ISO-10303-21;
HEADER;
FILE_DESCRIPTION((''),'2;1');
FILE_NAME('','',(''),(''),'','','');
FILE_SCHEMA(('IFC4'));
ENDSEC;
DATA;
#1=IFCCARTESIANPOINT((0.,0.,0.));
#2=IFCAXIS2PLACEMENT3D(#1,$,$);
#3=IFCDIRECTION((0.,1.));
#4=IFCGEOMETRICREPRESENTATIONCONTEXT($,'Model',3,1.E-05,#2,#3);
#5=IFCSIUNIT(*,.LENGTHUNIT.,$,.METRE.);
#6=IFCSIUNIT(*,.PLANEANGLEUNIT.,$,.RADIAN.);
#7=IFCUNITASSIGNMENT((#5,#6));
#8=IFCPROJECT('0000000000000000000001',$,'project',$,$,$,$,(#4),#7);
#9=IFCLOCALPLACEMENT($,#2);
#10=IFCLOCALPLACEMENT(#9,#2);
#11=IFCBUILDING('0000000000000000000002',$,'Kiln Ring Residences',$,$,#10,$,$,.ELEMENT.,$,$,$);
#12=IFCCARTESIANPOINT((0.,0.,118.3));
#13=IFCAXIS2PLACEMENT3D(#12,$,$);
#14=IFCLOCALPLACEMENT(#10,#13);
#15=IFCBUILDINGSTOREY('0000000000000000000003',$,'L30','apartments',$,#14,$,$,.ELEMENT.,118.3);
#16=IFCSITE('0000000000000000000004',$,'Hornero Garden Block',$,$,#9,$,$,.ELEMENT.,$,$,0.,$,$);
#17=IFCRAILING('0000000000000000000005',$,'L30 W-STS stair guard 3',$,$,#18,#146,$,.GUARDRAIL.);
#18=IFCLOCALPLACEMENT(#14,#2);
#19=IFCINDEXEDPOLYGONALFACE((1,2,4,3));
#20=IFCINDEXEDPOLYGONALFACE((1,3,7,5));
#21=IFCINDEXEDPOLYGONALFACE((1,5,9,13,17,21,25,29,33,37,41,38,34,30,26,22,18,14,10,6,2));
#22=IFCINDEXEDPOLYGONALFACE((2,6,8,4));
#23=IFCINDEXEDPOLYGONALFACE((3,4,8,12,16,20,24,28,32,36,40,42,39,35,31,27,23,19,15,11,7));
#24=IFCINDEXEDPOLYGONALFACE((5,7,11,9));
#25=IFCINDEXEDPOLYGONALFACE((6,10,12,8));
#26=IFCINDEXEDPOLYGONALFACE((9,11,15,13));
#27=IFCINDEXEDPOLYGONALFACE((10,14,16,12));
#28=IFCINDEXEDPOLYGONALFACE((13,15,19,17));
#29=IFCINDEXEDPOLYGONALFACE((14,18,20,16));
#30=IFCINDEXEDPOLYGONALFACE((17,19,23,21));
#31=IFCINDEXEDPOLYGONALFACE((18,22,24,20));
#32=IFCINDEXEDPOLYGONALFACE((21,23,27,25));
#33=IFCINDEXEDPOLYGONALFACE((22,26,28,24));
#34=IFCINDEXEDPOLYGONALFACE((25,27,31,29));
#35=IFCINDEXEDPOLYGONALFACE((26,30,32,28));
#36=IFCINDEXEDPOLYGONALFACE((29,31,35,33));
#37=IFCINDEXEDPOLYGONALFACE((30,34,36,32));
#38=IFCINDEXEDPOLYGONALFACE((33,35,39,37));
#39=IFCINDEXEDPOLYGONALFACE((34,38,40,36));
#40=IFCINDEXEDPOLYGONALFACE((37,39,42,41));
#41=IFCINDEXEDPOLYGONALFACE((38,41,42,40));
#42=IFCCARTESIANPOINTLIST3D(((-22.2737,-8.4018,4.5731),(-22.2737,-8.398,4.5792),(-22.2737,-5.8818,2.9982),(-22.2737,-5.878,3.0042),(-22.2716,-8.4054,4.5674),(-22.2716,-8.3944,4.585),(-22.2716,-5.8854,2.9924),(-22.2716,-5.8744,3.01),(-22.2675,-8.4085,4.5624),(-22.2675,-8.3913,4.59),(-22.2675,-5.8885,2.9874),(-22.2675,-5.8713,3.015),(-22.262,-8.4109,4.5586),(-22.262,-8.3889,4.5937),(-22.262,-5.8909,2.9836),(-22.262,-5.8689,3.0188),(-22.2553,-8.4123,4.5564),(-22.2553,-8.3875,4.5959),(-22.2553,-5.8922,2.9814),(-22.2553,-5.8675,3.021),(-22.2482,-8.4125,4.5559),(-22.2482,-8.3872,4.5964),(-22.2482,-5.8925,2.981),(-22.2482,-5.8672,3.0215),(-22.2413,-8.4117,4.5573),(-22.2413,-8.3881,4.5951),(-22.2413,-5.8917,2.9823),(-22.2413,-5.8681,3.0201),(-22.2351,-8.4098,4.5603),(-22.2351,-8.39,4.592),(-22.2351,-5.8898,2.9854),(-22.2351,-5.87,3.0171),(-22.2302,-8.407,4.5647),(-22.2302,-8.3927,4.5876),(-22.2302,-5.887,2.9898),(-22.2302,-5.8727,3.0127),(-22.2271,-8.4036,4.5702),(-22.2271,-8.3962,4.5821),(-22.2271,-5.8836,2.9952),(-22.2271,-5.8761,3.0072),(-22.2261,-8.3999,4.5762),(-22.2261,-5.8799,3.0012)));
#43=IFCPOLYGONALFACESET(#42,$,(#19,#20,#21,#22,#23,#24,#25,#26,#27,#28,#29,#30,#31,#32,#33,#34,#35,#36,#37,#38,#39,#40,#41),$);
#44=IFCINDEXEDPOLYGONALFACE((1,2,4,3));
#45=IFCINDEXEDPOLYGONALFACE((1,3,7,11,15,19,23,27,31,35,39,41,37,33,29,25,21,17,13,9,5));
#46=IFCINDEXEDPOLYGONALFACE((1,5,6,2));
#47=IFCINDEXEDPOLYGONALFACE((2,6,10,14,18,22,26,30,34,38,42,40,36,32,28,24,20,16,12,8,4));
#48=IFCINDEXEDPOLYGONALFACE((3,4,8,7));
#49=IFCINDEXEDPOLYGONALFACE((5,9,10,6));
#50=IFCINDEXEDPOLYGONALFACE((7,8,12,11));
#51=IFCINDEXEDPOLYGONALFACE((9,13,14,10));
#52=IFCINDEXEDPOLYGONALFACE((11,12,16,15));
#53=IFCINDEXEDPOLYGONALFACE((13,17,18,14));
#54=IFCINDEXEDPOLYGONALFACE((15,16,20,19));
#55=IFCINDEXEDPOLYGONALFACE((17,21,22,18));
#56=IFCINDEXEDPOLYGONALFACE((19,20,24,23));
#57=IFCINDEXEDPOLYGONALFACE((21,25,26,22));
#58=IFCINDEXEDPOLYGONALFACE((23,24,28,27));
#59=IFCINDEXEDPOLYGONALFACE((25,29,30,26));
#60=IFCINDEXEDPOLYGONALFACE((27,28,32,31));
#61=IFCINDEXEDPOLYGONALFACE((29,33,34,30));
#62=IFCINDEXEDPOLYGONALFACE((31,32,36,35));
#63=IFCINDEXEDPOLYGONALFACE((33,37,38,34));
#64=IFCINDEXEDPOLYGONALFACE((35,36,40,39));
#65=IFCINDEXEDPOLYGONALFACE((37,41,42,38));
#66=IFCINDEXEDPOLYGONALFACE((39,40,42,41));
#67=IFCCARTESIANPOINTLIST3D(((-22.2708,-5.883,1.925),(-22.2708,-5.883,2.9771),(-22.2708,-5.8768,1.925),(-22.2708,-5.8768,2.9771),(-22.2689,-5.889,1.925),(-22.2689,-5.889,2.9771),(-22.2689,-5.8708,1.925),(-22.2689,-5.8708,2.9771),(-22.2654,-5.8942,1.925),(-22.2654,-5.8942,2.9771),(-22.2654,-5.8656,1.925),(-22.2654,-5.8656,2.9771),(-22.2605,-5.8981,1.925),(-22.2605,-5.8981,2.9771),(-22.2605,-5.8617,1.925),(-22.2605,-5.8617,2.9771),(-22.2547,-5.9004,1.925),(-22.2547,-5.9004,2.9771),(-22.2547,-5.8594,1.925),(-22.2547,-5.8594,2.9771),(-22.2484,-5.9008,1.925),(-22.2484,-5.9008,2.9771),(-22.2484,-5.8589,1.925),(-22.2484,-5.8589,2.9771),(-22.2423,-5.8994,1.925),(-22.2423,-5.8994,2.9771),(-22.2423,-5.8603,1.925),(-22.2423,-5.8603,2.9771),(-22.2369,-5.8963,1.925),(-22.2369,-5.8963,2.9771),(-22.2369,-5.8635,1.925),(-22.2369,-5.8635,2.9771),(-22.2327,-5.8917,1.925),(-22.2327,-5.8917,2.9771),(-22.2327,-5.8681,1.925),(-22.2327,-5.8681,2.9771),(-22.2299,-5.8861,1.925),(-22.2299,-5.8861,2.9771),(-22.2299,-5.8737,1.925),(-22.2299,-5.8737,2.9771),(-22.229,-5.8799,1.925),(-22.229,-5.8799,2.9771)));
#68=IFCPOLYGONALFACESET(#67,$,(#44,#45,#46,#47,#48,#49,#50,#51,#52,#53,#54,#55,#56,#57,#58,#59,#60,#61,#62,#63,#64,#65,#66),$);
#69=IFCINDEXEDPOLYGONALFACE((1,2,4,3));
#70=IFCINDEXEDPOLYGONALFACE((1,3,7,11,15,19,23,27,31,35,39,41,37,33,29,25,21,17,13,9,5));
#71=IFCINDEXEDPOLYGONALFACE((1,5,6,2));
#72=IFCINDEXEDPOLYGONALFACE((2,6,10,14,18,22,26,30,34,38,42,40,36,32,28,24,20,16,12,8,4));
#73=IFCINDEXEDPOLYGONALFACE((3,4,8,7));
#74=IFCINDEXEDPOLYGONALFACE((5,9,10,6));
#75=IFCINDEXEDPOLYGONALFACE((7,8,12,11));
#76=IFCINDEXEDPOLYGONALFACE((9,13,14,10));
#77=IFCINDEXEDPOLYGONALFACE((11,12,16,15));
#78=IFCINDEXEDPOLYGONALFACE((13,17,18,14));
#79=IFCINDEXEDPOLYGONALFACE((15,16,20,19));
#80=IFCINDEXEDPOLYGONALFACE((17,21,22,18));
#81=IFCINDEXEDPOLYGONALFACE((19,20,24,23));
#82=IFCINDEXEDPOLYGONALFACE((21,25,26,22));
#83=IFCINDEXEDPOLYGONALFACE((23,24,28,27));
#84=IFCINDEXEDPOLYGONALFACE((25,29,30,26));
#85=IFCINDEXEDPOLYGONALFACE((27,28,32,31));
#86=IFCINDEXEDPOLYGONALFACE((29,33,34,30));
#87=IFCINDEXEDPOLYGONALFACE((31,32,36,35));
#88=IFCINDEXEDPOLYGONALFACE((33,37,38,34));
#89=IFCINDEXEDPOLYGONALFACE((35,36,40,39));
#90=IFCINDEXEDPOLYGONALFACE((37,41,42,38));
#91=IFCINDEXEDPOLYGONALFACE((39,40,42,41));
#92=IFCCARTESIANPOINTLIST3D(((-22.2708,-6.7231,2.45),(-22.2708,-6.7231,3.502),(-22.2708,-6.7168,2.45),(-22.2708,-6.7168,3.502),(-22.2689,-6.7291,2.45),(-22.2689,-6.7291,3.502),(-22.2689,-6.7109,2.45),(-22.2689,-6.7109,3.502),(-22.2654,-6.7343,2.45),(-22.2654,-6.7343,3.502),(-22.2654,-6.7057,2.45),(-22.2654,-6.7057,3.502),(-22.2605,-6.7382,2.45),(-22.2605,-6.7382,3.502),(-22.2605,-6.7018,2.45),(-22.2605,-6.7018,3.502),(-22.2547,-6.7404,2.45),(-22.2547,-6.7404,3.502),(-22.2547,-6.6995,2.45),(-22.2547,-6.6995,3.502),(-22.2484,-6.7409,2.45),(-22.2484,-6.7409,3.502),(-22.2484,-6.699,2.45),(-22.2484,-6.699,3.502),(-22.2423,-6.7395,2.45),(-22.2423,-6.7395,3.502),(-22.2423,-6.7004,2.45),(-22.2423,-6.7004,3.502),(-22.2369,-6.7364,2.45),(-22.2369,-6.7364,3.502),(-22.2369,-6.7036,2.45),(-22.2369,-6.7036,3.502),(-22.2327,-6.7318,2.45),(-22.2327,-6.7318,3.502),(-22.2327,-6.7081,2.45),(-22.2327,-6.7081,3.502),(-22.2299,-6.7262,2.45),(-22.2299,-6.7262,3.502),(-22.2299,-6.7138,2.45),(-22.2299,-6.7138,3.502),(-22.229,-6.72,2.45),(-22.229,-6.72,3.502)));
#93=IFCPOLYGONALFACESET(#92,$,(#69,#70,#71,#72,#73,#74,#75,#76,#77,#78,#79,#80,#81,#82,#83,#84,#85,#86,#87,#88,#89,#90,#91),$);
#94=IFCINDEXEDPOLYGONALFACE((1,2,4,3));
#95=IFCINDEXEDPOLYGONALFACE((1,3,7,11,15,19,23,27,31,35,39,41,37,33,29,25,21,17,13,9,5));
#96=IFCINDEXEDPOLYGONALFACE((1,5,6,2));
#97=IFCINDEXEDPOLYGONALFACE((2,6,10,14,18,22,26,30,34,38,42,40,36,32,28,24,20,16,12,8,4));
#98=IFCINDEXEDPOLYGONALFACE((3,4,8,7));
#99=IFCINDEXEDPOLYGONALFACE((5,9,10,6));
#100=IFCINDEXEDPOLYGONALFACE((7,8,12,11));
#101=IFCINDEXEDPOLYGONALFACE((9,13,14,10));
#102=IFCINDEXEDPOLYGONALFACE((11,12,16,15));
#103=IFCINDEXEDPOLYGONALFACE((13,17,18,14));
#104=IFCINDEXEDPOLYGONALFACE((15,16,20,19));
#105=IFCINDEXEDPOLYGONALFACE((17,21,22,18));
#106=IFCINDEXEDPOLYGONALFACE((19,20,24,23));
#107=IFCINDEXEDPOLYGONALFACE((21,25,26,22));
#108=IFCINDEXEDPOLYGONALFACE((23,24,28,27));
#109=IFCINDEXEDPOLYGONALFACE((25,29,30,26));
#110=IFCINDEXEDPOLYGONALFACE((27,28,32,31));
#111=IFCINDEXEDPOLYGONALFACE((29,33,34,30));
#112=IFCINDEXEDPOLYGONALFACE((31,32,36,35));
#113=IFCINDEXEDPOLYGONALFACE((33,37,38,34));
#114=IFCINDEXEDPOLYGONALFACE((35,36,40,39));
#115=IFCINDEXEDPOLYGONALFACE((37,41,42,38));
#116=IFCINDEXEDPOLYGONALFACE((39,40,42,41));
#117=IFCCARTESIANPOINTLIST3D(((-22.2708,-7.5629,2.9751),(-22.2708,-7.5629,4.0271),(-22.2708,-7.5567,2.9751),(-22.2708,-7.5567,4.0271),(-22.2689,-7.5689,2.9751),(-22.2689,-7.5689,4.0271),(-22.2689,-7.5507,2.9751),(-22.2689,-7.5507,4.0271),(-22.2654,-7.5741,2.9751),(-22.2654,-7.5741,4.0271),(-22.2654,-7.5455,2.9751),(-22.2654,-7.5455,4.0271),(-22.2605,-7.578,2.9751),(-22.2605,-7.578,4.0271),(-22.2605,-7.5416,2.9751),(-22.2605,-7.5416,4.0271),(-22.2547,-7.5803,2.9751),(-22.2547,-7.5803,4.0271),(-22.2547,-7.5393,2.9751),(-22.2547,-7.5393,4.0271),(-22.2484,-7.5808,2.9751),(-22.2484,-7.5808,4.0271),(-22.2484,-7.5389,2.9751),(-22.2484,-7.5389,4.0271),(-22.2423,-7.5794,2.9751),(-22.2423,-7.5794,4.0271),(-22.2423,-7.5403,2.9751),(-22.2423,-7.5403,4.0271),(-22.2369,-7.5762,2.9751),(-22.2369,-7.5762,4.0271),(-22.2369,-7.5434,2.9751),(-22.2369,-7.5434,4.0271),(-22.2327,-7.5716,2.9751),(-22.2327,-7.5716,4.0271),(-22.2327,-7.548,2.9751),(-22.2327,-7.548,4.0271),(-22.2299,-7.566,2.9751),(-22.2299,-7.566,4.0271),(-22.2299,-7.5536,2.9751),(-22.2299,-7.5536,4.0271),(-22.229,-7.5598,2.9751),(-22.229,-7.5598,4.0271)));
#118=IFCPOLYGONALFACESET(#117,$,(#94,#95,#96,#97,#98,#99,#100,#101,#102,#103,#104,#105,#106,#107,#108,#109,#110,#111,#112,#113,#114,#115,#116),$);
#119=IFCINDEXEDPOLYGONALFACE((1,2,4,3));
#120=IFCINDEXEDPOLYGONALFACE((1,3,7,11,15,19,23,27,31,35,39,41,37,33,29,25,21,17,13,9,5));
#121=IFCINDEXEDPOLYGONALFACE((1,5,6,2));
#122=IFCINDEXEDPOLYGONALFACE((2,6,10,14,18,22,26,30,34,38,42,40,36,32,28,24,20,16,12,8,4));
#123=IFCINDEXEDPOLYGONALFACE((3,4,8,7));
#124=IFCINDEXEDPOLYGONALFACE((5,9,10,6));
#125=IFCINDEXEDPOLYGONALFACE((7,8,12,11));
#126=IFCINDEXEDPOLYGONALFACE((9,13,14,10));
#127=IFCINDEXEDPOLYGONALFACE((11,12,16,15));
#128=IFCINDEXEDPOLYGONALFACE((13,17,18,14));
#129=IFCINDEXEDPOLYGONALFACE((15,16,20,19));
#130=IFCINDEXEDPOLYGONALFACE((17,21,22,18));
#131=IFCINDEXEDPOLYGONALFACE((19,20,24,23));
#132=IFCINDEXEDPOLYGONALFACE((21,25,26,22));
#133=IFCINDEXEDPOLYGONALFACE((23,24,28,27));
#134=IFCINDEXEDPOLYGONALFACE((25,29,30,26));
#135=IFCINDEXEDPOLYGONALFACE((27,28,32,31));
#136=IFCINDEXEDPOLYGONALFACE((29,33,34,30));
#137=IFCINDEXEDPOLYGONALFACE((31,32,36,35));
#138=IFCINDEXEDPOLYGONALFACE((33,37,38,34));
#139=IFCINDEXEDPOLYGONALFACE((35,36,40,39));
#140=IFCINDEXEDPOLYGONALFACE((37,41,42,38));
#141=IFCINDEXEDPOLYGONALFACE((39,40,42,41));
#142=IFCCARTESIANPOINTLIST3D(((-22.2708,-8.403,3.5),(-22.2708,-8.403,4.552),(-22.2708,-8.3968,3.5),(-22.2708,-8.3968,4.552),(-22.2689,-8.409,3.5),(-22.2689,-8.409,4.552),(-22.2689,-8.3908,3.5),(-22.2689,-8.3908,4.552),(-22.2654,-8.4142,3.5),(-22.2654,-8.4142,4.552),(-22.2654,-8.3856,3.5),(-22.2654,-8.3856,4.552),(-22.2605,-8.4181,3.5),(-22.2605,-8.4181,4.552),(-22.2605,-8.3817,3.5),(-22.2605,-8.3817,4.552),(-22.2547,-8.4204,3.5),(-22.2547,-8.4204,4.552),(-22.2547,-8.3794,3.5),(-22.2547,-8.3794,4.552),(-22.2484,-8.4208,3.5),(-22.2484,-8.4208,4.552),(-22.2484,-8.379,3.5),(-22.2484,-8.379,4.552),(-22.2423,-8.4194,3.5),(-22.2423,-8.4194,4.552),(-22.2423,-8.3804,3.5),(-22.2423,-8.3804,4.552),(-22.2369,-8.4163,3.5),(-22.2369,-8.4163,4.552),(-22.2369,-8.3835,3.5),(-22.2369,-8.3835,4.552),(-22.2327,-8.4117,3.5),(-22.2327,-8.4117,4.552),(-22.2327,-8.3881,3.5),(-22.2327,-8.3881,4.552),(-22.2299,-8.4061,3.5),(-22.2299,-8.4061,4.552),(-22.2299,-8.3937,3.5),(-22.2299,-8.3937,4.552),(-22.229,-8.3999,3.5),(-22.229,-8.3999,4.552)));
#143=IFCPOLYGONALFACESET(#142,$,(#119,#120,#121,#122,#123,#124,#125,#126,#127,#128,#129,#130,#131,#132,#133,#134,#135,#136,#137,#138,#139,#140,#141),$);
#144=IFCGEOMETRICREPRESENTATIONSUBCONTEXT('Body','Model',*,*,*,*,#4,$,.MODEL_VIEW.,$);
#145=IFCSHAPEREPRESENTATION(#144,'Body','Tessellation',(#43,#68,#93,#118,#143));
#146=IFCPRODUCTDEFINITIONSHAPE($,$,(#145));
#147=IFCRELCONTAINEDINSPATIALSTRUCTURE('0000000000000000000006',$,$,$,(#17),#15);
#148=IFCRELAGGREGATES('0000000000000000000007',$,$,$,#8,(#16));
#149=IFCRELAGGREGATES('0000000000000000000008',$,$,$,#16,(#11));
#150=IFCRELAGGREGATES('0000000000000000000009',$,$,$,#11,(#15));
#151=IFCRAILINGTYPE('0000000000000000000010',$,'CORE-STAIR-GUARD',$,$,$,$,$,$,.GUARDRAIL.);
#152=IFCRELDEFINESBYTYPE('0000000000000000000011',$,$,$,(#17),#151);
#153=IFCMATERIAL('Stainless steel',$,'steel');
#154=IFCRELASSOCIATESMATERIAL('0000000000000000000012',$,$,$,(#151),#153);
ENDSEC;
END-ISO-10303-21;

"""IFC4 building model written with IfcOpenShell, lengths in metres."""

from ifc_helpers import new_model, si_unit, direction, frame, origin, origin_2d, place, context, subcontext, project, spatial, circle, extrude, material, type_object, element, save


model = new_model("IFC4")

# Units and contexts
model_context = context("Model", 3, precision=1e-05, world=origin(), true_north=direction((0.0, 1.0)))
body_context = subcontext(model_context, "Body", "Model", "MODEL_VIEW")
ifc_project = project(units=[si_unit("LENGTHUNIT", "METRE"), si_unit("PLANEANGLEUNIT", "RADIAN")], contexts=[model_context])

# Site, building, storey
site_placement = place(None, origin())
site = spatial("IfcSite", under=ifc_project, at=site_placement, Name="Hornero Garden Block", CompositionType="ELEMENT", RefElevation=0.0)
building_placement = place(site_placement, origin())
building = spatial("IfcBuilding", under=site, at=building_placement, Name="Kiln Ring Residences", CompositionType="ELEMENT")
storey_placement = place(building_placement, frame((0.0, 0.0, 118.3)))
storey = spatial("IfcBuildingStorey", under=building, at=storey_placement, Name="L30", Description="apartments", CompositionType="ELEMENT", Elevation=118.3)

# Railing
ifc_material_1 = material(Name="Stainless steel", Category="steel")
railing_type_1 = type_object("IfcRailingType", Name="CORE-STAIR-GUARD", PredefinedType="GUARDRAIL", material=ifc_material_1)
railing_1_placement = place(storey_placement, frame((-22.25, -5.8799, 1.925)))
element("IfcRailing", 1, at=railing_1_placement, inside=storey, type_object=railing_type_1, Name="L30 W-STS stair guard 3", PredefinedType="GUARDRAIL", context=body_context, shape_type="SweptSolid", body=[
    extrude(circle(Radius=0.0239, at=origin_2d()), frame((0.0, 0.0, 1.0762), z_axis=(0.0, -0.848008, 0.529984), x_axis=(1.0, 0.0, 0.0)), (0.0, 0.0, 1.0), 2.9717),
    extrude(circle(Radius=0.021, at=origin_2d()), origin(), (0.0, 0.0, 1.0), 1.052),
    extrude(circle(Radius=0.021, at=origin_2d()), frame((0.0, -0.8401, 0.5249)), (0.0, 0.0, 1.0), 1.052),
    extrude(circle(Radius=0.021, at=origin_2d()), frame((0.0, -1.6799, 1.05)), (0.0, 0.0, 1.0), 1.052),
    extrude(circle(Radius=0.021, at=origin_2d()), frame((0.0, -2.52, 1.575)), (0.0, 0.0, 1.0), 1.052),
])

save(model, "model.ifc")
